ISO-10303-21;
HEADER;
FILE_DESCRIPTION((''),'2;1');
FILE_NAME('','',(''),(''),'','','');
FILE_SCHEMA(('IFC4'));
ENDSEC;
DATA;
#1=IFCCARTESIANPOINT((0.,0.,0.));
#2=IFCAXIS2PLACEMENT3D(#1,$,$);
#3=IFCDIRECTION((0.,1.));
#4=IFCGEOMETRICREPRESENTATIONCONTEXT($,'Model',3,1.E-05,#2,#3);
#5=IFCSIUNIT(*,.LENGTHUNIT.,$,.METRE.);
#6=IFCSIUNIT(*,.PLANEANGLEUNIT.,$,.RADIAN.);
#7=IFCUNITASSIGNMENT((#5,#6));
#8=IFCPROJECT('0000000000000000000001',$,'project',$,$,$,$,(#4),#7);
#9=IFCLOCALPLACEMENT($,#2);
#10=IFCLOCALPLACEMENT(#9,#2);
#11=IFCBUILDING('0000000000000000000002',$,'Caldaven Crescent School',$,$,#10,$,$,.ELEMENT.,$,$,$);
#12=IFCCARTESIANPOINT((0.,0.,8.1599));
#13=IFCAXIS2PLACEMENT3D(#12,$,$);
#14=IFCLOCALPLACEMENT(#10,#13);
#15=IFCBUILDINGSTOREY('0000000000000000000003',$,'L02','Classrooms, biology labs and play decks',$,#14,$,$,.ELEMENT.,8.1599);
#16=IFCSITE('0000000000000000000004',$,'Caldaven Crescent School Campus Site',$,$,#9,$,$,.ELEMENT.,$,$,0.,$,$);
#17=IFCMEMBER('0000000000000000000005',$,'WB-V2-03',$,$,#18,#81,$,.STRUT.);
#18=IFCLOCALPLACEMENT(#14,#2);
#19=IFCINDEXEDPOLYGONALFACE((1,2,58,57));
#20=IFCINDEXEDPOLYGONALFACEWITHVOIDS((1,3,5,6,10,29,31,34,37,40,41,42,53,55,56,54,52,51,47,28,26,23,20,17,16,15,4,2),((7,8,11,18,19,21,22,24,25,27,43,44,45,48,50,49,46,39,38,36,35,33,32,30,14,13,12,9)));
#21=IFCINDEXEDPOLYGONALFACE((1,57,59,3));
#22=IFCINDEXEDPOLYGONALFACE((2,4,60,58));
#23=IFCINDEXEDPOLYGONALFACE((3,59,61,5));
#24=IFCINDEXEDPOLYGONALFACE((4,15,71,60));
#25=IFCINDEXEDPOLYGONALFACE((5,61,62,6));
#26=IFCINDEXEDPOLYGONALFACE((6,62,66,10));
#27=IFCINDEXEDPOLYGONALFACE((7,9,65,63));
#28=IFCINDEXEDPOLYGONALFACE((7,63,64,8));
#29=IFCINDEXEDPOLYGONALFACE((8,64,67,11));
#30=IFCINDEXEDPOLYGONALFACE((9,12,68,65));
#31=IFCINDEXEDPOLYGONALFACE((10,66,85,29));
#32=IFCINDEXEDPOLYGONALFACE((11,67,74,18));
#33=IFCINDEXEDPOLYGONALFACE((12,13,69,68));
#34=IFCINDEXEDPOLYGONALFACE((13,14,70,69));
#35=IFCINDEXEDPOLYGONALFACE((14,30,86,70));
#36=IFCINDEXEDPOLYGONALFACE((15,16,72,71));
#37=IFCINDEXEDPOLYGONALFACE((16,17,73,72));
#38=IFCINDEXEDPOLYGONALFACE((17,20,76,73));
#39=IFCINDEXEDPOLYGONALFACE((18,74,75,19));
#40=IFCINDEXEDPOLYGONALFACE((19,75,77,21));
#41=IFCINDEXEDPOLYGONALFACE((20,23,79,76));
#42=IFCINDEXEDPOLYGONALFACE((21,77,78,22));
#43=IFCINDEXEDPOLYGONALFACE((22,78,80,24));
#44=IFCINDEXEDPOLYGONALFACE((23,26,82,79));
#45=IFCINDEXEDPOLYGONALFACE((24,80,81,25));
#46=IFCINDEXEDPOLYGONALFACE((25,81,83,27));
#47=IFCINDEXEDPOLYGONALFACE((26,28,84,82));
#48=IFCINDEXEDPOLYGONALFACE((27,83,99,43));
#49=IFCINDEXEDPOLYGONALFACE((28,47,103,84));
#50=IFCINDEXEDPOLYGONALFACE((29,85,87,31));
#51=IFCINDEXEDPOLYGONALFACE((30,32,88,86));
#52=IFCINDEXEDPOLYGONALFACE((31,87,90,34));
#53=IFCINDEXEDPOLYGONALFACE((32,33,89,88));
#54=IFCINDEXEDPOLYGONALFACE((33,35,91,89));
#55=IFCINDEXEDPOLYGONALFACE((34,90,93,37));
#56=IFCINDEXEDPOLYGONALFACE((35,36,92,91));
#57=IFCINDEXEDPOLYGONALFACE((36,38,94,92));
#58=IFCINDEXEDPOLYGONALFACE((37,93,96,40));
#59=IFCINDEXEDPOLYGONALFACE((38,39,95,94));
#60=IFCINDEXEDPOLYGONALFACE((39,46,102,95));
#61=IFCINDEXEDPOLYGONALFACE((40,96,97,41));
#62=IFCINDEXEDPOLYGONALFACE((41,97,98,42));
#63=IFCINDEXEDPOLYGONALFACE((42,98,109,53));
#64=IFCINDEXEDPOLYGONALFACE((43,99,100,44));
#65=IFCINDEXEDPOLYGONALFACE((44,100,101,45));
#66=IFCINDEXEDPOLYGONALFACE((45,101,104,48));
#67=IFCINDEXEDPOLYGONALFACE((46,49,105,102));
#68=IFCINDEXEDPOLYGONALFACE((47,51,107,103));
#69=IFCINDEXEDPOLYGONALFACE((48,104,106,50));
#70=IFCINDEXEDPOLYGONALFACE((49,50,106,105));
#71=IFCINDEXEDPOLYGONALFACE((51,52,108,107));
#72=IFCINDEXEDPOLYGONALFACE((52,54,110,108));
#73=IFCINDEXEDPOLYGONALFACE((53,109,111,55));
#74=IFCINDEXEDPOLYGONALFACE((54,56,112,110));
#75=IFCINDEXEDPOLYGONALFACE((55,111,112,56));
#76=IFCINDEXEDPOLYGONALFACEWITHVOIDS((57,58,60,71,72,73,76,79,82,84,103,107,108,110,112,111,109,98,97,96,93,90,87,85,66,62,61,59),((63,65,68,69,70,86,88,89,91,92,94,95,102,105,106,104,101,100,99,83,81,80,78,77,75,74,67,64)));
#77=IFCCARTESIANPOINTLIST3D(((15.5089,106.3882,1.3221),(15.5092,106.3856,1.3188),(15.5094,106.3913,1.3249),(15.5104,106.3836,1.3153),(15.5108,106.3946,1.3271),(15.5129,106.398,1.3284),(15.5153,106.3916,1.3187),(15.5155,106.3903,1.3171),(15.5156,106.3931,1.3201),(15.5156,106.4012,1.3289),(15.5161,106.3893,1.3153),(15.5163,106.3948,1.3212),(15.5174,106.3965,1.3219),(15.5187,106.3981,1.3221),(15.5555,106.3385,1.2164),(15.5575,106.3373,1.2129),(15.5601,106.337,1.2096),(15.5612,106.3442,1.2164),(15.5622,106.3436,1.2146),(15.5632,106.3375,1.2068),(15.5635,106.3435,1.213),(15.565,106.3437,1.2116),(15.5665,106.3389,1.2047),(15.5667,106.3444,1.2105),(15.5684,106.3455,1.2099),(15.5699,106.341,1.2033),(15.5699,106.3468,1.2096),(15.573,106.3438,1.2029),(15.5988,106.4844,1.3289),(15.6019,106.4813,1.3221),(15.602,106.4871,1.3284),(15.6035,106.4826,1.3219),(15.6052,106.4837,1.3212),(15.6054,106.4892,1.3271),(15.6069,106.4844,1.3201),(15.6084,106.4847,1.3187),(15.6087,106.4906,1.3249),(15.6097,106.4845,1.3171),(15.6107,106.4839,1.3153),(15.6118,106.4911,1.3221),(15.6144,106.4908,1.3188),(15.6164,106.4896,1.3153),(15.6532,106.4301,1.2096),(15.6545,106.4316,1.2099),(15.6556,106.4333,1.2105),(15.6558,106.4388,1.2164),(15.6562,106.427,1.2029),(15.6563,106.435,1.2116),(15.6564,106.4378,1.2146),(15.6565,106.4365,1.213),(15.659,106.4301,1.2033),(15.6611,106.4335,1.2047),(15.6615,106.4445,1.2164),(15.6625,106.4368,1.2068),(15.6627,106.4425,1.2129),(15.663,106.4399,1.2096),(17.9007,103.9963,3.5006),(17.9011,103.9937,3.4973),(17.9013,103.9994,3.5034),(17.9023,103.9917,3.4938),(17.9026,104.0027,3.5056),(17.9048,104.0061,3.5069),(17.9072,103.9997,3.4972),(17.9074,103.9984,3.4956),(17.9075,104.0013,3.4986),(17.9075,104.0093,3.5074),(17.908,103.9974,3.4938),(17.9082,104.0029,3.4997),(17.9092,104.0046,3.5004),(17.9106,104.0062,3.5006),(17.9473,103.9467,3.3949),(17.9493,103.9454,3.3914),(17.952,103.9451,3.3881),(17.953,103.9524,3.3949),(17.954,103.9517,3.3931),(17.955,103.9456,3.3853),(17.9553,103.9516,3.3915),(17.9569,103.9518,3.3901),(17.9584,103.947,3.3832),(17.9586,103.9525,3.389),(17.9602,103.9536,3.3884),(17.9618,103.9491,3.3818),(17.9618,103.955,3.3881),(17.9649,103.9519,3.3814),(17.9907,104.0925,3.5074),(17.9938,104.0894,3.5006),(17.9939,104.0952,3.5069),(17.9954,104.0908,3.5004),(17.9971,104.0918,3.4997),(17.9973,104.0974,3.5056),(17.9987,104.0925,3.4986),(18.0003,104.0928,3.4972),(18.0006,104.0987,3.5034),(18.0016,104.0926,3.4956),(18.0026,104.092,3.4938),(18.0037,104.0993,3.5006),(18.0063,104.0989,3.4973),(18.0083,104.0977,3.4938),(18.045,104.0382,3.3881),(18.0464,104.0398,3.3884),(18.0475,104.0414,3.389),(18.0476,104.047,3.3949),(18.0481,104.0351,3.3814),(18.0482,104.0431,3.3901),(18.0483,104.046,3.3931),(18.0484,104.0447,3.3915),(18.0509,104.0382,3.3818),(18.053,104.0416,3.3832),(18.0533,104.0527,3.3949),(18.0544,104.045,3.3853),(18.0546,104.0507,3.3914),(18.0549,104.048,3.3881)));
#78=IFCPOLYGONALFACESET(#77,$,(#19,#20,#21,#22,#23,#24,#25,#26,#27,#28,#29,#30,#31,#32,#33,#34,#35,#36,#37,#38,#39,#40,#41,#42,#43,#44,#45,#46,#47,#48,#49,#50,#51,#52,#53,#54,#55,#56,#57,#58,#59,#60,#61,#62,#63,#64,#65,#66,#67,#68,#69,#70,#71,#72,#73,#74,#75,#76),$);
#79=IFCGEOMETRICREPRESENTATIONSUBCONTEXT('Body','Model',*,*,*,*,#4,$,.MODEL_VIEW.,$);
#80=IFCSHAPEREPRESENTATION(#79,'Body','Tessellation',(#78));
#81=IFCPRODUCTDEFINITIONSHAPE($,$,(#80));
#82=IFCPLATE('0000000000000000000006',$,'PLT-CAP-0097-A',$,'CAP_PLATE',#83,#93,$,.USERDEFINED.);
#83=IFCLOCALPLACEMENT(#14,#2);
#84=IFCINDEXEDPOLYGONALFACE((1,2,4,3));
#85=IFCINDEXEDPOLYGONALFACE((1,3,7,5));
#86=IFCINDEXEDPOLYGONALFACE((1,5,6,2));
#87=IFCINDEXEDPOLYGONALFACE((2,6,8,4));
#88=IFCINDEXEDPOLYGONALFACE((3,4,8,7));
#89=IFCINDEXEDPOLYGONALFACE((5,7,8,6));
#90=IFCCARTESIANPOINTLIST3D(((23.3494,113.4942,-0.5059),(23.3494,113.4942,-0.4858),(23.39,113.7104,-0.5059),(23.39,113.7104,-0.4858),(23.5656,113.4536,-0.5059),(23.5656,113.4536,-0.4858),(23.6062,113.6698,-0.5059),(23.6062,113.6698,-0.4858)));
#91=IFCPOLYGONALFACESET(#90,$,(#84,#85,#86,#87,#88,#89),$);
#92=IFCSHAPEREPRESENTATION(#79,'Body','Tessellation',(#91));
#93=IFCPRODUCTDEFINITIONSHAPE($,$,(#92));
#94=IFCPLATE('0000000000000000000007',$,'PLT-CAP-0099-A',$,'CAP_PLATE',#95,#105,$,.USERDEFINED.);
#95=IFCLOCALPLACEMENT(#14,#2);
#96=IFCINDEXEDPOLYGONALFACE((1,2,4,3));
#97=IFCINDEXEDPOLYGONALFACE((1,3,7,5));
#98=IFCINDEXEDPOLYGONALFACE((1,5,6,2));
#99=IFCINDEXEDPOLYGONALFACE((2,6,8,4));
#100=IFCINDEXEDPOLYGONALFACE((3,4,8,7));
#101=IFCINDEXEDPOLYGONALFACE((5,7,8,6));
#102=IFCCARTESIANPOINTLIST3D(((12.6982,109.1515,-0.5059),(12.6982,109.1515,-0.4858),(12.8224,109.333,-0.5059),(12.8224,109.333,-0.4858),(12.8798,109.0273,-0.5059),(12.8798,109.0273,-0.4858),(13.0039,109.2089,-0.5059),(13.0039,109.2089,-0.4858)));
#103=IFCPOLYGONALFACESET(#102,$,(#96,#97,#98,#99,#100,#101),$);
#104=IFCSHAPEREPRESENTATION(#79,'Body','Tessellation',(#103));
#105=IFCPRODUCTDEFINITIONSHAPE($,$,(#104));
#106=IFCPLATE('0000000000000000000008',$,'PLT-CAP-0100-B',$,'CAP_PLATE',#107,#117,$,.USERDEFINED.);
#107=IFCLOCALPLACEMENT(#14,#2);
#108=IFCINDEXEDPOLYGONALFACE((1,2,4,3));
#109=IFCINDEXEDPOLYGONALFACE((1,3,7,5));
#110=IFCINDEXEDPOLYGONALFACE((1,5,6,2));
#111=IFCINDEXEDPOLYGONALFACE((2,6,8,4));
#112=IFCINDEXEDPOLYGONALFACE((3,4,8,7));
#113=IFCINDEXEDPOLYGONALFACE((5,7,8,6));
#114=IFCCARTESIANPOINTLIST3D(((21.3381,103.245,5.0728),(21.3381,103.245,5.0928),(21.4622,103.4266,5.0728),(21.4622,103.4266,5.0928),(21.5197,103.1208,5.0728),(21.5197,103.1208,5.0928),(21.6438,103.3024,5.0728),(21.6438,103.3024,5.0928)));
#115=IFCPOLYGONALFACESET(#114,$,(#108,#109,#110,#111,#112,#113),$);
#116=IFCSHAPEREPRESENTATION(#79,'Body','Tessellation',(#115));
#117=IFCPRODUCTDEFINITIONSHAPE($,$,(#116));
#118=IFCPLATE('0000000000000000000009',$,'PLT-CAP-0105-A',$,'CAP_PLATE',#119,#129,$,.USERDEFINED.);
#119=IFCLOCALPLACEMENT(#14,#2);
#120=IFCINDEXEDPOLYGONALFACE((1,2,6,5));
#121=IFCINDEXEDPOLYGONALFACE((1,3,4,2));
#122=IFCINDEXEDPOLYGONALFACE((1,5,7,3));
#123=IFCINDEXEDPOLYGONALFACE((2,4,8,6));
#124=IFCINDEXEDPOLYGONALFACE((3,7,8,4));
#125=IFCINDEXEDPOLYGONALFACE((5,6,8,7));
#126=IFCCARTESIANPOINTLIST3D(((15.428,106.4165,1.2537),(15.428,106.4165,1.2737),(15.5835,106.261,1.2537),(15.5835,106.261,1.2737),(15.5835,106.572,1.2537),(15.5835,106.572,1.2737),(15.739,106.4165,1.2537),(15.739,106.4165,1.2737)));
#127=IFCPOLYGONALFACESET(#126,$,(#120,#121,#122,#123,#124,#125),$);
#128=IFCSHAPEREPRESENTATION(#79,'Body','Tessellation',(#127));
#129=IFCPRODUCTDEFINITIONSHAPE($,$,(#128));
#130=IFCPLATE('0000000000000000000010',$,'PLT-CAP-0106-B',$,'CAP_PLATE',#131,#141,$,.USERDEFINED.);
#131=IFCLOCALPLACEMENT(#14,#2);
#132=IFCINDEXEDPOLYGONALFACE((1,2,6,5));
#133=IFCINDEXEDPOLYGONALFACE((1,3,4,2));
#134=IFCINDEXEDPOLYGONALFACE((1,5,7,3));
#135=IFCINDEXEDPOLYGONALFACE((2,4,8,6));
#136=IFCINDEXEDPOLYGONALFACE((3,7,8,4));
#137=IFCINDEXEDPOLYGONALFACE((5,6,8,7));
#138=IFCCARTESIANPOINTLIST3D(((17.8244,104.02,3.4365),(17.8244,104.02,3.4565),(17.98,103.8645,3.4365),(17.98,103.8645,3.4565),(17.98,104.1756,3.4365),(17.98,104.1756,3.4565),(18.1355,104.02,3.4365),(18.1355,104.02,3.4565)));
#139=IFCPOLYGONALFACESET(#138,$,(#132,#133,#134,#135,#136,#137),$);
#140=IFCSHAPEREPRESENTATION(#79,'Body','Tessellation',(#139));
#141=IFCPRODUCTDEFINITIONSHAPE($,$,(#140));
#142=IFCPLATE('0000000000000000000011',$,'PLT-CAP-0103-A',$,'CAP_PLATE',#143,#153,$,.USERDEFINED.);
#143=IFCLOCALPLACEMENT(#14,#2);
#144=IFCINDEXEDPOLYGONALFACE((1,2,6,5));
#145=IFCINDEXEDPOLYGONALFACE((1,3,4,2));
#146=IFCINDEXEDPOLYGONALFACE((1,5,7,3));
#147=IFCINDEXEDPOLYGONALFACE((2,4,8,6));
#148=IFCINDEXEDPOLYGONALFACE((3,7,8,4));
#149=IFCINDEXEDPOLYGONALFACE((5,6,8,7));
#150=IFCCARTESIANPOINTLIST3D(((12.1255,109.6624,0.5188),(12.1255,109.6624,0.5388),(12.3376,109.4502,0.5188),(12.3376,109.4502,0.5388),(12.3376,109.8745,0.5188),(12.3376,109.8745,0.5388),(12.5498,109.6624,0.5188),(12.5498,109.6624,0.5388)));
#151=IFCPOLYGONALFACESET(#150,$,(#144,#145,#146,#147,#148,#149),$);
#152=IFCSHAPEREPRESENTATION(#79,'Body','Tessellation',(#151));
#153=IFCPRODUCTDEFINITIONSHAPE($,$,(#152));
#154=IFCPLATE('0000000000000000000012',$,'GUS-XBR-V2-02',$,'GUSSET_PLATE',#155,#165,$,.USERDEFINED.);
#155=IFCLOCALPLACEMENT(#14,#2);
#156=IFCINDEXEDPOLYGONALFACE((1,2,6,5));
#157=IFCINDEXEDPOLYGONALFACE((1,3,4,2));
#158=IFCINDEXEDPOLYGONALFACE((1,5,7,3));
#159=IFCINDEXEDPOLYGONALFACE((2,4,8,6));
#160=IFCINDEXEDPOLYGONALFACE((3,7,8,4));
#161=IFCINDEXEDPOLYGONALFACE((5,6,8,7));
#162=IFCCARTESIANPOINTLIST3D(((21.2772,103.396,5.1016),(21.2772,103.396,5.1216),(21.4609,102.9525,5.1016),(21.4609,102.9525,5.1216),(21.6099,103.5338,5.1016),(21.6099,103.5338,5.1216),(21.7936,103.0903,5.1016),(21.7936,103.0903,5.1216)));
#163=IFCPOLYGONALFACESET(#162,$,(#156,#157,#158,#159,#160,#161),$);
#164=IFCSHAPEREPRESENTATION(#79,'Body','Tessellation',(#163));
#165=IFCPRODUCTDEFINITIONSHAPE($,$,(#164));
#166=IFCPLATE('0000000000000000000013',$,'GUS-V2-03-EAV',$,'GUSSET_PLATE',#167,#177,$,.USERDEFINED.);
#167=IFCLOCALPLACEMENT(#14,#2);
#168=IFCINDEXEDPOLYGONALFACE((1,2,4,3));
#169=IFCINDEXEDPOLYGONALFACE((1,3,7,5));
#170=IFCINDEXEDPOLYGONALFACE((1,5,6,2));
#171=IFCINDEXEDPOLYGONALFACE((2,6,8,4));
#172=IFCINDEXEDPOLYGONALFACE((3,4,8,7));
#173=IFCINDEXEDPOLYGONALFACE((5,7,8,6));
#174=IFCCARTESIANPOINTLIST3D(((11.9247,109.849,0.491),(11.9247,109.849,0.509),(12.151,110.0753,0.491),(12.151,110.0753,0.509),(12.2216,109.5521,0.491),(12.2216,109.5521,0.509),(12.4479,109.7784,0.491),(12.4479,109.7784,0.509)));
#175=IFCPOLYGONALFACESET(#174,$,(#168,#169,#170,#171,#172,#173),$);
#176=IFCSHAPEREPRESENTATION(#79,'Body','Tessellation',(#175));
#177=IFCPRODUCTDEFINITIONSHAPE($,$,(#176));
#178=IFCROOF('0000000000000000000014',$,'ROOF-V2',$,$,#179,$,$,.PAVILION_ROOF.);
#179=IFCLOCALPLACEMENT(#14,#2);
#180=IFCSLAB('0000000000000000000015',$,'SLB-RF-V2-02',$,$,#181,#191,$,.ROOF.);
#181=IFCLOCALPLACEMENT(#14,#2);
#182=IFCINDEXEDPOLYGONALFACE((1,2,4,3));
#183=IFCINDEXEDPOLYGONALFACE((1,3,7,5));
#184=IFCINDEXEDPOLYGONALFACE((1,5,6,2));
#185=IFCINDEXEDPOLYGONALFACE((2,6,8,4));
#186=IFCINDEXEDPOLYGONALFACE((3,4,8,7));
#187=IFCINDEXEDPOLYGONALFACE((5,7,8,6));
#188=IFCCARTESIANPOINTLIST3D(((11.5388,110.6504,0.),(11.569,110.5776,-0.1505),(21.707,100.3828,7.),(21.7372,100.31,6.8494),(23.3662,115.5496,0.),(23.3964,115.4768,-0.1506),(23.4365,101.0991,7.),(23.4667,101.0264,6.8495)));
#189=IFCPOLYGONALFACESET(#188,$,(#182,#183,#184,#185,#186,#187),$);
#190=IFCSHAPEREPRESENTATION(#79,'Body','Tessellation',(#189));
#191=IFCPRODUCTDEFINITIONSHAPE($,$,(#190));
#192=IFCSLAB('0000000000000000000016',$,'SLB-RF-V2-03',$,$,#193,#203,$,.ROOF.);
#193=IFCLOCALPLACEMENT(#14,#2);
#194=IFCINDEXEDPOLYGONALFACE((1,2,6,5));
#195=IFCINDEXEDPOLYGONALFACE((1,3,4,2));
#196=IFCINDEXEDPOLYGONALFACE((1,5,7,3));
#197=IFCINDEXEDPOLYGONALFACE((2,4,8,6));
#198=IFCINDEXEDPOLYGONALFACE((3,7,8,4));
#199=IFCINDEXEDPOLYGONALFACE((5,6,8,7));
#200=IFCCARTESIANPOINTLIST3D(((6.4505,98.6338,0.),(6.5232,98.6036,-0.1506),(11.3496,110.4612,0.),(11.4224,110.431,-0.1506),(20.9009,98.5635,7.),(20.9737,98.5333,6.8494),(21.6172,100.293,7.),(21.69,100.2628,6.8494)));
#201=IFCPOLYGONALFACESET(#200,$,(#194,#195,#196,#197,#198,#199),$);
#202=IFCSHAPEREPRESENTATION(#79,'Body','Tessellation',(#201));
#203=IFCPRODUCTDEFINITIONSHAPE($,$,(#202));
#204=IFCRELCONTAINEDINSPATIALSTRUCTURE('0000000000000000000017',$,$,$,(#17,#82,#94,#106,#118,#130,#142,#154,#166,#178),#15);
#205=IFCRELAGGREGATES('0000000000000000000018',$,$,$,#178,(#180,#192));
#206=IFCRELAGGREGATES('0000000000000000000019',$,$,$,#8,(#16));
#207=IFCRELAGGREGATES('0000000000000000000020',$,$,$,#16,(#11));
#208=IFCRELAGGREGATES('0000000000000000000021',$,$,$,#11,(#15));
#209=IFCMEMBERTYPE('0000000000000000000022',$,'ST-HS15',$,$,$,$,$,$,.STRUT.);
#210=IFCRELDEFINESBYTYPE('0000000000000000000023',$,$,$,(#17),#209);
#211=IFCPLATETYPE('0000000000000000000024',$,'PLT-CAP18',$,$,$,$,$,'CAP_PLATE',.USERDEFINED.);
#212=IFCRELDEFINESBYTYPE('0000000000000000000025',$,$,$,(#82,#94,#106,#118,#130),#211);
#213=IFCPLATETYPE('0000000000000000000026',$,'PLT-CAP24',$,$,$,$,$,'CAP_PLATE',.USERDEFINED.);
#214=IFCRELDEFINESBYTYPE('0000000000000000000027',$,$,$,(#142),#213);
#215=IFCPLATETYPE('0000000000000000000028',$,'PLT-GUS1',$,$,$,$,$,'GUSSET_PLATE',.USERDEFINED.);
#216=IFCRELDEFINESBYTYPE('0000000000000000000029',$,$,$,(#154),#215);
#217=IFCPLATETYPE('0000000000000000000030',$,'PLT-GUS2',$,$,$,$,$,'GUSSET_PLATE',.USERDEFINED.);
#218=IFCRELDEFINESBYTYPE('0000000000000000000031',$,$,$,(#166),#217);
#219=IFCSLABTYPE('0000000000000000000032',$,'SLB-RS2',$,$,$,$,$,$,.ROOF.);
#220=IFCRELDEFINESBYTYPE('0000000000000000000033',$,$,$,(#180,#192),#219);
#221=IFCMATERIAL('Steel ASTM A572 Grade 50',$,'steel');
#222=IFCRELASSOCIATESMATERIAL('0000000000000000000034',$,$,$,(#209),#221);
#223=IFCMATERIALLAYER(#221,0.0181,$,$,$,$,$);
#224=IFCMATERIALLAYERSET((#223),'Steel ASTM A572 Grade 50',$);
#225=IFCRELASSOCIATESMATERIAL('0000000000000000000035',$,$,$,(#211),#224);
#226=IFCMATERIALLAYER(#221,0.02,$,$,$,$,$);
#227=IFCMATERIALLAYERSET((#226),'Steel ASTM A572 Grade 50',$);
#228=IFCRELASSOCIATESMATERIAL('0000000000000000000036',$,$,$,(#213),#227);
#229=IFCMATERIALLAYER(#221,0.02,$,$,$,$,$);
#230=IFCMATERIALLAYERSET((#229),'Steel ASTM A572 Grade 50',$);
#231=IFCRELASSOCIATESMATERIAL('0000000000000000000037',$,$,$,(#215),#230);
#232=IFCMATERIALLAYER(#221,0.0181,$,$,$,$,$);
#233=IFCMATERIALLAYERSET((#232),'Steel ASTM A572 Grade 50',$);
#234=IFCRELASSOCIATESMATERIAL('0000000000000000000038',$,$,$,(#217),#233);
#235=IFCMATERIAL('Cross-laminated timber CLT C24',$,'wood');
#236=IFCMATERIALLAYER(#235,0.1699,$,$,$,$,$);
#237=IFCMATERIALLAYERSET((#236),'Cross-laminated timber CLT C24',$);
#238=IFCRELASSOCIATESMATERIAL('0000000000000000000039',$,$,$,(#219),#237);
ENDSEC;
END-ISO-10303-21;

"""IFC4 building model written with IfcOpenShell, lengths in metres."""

from ifc_helpers import new_model, si_unit, direction, frame, origin, origin_2d, place, context, subcontext, project, spatial, polyline, rectangle, hollow_rectangle, outline, extrude, material, layer, layer_set, material_profile, profile_set, type_object, element, aggregate, save


model = new_model("IFC4")

# Units and contexts
model_context = context("Model", 3, precision=1e-05, world=origin(), true_north=direction((0.0, 1.0)))
body_context = subcontext(model_context, "Body", "Model", "MODEL_VIEW")
ifc_project = project(units=[si_unit("LENGTHUNIT", "METRE"), si_unit("PLANEANGLEUNIT", "RADIAN")], contexts=[model_context])

# Site, building, storey
site_placement = place(None, origin())
site = spatial("IfcSite", under=ifc_project, at=site_placement, Name="Caldaven Crescent School Campus Site", CompositionType="ELEMENT", RefElevation=0.0)
building_placement = place(site_placement, origin())
building = spatial("IfcBuilding", under=site, at=building_placement, Name="Caldaven Crescent School", CompositionType="ELEMENT")
storey_placement = place(building_placement, frame((0.0, 0.0, 8.1599)))
storey = spatial("IfcBuildingStorey", under=building, at=storey_placement, Name="L02", Description="Classrooms, biology labs and play decks", CompositionType="ELEMENT", Elevation=8.1599)

# Shared definitions
ifc_material_1 = material(Name="Steel ASTM A572 Grade 50", Category="steel")

# Member
ifc_material_profile_1 = material_profile(ifc_material_1, hollow_rectangle(XDim=0.1499, YDim=0.1499, WallThickness=0.0081, InnerFilletRadius=0.0081, OuterFilletRadius=0.0161, at=origin_2d()), Name="HSS 150x150x8")
ifc_profile_set_1 = profile_set([ifc_material_profile_1], Name="Steel ASTM A572 Grade 50")
member_type_1 = type_object("IfcMemberType", Name="ST-HS15", PredefinedType="STRUT", material=ifc_profile_set_1)
member_1_placement = place(storey_placement, frame((15.5859, 106.4141, 1.2659), z_axis=(0.594487, -0.594487, 0.541452), x_axis=(0.707107, 0.707107, 0.0)))
element("IfcMember", 1, at=member_1_placement, inside=storey, type_object=member_type_1, Name="WB-V2-03", PredefinedType="STRUT", context=body_context, shape_type="SweptSolid", body=[
    extrude(hollow_rectangle(XDim=0.1499, YDim=0.1499, WallThickness=0.0081, InnerFilletRadius=0.0081, OuterFilletRadius=0.0161, at=origin_2d()), origin(), (0.0, 0.0, 1.0), 4.0234),
])

# Plates
ifc_layer_1 = layer(ifc_material_1, 0.0181)
ifc_layer_set_1 = layer_set([ifc_layer_1], Name="Steel ASTM A572 Grade 50")
plate_type_1 = type_object("IfcPlateType", Name="PLT-CAP18", ElementType="CAP_PLATE", PredefinedType="USERDEFINED", material=ifc_layer_set_1)
for number, where, z_axis, x_axis, name in (
    (2, (23.4778, 113.582, -0.5059), (0.0, 0.0, 1.0), (-0.184638, -0.982807, 0.0), "PLT-CAP-0097-A"),
    (3, (12.8511, 109.1802, -0.5059), (0.0, 0.0, 1.0), (0.825508, -0.564391, 0.0), "PLT-CAP-0099-A"),
    (4, (21.491, 103.2737, 5.0728), (0.0, 0.0, 1.0), (0.825508, -0.564391, 0.0), "PLT-CAP-0100-B"),
    (5, (15.5835, 106.4165, 1.2537), (0.0, 0.0, 1.0), (0.707107, -0.707107, 0.0), "PLT-CAP-0105-A"),
    (6, (17.98, 104.02, 3.4365), (0.0, 0.0, 1.0), (0.707107, -0.707107, 0.0), "PLT-CAP-0106-B"),
):
    element("IfcPlate", number, at=place(storey_placement, frame(where, z_axis=z_axis, x_axis=x_axis)), inside=storey, type_object=plate_type_1, Name=name, ObjectType="CAP_PLATE", PredefinedType="USERDEFINED", context=body_context, shape_type="SweptSolid", body=[
        extrude(rectangle(XDim=0.22, YDim=0.22, at=origin_2d()), origin(), (0.0, 0.0, 1.0), 0.02),
    ])
ifc_layer_2 = layer(ifc_material_1, 0.02)
ifc_layer_set_2 = layer_set([ifc_layer_2], Name="Steel ASTM A572 Grade 50")
plate_type_2 = type_object("IfcPlateType", Name="PLT-CAP24", ElementType="CAP_PLATE", PredefinedType="USERDEFINED", material=ifc_layer_set_2)
plate_1_placement = place(storey_placement, frame((12.3376, 109.6624, 0.5188), z_axis=(0.0, 0.0, 1.0), x_axis=(0.707107, -0.707107, 0.0)))
element("IfcPlate", 7, at=plate_1_placement, inside=storey, type_object=plate_type_2, Name="PLT-CAP-0103-A", ObjectType="CAP_PLATE", PredefinedType="USERDEFINED", context=body_context, shape_type="SweptSolid", body=[
    extrude(rectangle(XDim=0.3, YDim=0.3, at=origin_2d()), origin(), (0.0, 0.0, 1.0), 0.02),
])
ifc_layer_3 = layer(ifc_material_1, 0.02)
ifc_layer_set_3 = layer_set([ifc_layer_3], Name="Steel ASTM A572 Grade 50")
plate_type_3 = type_object("IfcPlateType", Name="PLT-GUS1", ElementType="GUSSET_PLATE", PredefinedType="USERDEFINED", material=ifc_layer_set_3)
plate_2_placement = place(storey_placement, frame((21.5354, 103.2432, 5.1016), z_axis=(0.0, 0.0, 1.0), x_axis=(-0.382683, 0.92388, 0.0)))
element("IfcPlate", 8, at=plate_2_placement, inside=storey, type_object=plate_type_3, Name="GUS-XBR-V2-02", ObjectType="GUSSET_PLATE", PredefinedType="USERDEFINED", context=body_context, shape_type="SweptSolid", body=[
    extrude(rectangle(XDim=0.48, YDim=0.3601, at=origin_2d()), origin(), (0.0, 0.0, 1.0), 0.02),
])
ifc_layer_4 = layer(ifc_material_1, 0.0181)
ifc_layer_set_4 = layer_set([ifc_layer_4], Name="Steel ASTM A572 Grade 50")
plate_type_4 = type_object("IfcPlateType", Name="PLT-GUS2", ElementType="GUSSET_PLATE", PredefinedType="USERDEFINED", material=ifc_layer_set_4)
plate_3_placement = place(storey_placement, frame((12.1863, 109.8137, 0.491), z_axis=(0.0, 0.0, 1.0), x_axis=(-0.707107, 0.707107, 0.0)))
element("IfcPlate", 9, at=plate_3_placement, inside=storey, type_object=plate_type_4, Name="GUS-V2-03-EAV", ObjectType="GUSSET_PLATE", PredefinedType="USERDEFINED", context=body_context, shape_type="SweptSolid", body=[
    extrude(rectangle(XDim=0.4199, YDim=0.3201, at=origin_2d()), origin(), (0.0, 0.0, 1.0), 0.0181),
])

# Roof, slabs
roof_placement = place(storey_placement, origin())
roof = element("IfcRoof", 10, at=roof_placement, inside=storey, Name="ROOF-V2", PredefinedType="PAVILION_ROOF")
ifc_material_2 = material(Name="Cross-laminated timber CLT C24", Category="wood")
ifc_layer_5 = layer(ifc_material_2, 0.1699)
ifc_layer_set_5 = layer_set([ifc_layer_5], Name="Cross-laminated timber CLT C24")
slab_type = type_object("IfcSlabType", Name="SLB-RS2", PredefinedType="ROOF", material=ifc_layer_set_5)
slab_1_placement = place(storey_placement, frame((23.3662, 115.5496, 0.0), z_axis=(-0.177426, 0.428343, 0.886026), x_axis=(-0.923877, -0.382689, 0.000002)))
slab_1 = element("IfcSlab", 11, at=slab_1_placement, type_object=slab_type, Name="SLB-RF-V2-02", PredefinedType="ROOF", context=body_context, shape_type="SweptSolid", body=[
    extrude(outline(polyline([(0.0, 0.0), (12.8019, 0.0), (7.337, 15.098), (5.4651, 15.0981), (0.0, 0.0)])), origin(), (0.0, 0.0, -1.0), 0.1699),
])
slab_2_placement = place(storey_placement, frame((11.3496, 110.4612, 0.0), z_axis=(-0.428343, 0.177426, 0.886026), x_axis=(-0.382689, -0.923877, -0.000002)))
slab_2 = element("IfcSlab", 12, at=slab_2_placement, type_object=slab_type, Name="SLB-RF-V2-03", PredefinedType="ROOF", context=body_context, shape_type="SweptSolid", body=[
    extrude(outline(polyline([(0.0, 0.0), (12.8019, 0.0), (7.3368, 15.0981), (5.4649, 15.098), (0.0, 0.0)])), origin(), (0.0, 0.0, -1.0), 0.1699),
])
aggregate(roof, [slab_1, slab_2])

save(model, "model.ifc")
